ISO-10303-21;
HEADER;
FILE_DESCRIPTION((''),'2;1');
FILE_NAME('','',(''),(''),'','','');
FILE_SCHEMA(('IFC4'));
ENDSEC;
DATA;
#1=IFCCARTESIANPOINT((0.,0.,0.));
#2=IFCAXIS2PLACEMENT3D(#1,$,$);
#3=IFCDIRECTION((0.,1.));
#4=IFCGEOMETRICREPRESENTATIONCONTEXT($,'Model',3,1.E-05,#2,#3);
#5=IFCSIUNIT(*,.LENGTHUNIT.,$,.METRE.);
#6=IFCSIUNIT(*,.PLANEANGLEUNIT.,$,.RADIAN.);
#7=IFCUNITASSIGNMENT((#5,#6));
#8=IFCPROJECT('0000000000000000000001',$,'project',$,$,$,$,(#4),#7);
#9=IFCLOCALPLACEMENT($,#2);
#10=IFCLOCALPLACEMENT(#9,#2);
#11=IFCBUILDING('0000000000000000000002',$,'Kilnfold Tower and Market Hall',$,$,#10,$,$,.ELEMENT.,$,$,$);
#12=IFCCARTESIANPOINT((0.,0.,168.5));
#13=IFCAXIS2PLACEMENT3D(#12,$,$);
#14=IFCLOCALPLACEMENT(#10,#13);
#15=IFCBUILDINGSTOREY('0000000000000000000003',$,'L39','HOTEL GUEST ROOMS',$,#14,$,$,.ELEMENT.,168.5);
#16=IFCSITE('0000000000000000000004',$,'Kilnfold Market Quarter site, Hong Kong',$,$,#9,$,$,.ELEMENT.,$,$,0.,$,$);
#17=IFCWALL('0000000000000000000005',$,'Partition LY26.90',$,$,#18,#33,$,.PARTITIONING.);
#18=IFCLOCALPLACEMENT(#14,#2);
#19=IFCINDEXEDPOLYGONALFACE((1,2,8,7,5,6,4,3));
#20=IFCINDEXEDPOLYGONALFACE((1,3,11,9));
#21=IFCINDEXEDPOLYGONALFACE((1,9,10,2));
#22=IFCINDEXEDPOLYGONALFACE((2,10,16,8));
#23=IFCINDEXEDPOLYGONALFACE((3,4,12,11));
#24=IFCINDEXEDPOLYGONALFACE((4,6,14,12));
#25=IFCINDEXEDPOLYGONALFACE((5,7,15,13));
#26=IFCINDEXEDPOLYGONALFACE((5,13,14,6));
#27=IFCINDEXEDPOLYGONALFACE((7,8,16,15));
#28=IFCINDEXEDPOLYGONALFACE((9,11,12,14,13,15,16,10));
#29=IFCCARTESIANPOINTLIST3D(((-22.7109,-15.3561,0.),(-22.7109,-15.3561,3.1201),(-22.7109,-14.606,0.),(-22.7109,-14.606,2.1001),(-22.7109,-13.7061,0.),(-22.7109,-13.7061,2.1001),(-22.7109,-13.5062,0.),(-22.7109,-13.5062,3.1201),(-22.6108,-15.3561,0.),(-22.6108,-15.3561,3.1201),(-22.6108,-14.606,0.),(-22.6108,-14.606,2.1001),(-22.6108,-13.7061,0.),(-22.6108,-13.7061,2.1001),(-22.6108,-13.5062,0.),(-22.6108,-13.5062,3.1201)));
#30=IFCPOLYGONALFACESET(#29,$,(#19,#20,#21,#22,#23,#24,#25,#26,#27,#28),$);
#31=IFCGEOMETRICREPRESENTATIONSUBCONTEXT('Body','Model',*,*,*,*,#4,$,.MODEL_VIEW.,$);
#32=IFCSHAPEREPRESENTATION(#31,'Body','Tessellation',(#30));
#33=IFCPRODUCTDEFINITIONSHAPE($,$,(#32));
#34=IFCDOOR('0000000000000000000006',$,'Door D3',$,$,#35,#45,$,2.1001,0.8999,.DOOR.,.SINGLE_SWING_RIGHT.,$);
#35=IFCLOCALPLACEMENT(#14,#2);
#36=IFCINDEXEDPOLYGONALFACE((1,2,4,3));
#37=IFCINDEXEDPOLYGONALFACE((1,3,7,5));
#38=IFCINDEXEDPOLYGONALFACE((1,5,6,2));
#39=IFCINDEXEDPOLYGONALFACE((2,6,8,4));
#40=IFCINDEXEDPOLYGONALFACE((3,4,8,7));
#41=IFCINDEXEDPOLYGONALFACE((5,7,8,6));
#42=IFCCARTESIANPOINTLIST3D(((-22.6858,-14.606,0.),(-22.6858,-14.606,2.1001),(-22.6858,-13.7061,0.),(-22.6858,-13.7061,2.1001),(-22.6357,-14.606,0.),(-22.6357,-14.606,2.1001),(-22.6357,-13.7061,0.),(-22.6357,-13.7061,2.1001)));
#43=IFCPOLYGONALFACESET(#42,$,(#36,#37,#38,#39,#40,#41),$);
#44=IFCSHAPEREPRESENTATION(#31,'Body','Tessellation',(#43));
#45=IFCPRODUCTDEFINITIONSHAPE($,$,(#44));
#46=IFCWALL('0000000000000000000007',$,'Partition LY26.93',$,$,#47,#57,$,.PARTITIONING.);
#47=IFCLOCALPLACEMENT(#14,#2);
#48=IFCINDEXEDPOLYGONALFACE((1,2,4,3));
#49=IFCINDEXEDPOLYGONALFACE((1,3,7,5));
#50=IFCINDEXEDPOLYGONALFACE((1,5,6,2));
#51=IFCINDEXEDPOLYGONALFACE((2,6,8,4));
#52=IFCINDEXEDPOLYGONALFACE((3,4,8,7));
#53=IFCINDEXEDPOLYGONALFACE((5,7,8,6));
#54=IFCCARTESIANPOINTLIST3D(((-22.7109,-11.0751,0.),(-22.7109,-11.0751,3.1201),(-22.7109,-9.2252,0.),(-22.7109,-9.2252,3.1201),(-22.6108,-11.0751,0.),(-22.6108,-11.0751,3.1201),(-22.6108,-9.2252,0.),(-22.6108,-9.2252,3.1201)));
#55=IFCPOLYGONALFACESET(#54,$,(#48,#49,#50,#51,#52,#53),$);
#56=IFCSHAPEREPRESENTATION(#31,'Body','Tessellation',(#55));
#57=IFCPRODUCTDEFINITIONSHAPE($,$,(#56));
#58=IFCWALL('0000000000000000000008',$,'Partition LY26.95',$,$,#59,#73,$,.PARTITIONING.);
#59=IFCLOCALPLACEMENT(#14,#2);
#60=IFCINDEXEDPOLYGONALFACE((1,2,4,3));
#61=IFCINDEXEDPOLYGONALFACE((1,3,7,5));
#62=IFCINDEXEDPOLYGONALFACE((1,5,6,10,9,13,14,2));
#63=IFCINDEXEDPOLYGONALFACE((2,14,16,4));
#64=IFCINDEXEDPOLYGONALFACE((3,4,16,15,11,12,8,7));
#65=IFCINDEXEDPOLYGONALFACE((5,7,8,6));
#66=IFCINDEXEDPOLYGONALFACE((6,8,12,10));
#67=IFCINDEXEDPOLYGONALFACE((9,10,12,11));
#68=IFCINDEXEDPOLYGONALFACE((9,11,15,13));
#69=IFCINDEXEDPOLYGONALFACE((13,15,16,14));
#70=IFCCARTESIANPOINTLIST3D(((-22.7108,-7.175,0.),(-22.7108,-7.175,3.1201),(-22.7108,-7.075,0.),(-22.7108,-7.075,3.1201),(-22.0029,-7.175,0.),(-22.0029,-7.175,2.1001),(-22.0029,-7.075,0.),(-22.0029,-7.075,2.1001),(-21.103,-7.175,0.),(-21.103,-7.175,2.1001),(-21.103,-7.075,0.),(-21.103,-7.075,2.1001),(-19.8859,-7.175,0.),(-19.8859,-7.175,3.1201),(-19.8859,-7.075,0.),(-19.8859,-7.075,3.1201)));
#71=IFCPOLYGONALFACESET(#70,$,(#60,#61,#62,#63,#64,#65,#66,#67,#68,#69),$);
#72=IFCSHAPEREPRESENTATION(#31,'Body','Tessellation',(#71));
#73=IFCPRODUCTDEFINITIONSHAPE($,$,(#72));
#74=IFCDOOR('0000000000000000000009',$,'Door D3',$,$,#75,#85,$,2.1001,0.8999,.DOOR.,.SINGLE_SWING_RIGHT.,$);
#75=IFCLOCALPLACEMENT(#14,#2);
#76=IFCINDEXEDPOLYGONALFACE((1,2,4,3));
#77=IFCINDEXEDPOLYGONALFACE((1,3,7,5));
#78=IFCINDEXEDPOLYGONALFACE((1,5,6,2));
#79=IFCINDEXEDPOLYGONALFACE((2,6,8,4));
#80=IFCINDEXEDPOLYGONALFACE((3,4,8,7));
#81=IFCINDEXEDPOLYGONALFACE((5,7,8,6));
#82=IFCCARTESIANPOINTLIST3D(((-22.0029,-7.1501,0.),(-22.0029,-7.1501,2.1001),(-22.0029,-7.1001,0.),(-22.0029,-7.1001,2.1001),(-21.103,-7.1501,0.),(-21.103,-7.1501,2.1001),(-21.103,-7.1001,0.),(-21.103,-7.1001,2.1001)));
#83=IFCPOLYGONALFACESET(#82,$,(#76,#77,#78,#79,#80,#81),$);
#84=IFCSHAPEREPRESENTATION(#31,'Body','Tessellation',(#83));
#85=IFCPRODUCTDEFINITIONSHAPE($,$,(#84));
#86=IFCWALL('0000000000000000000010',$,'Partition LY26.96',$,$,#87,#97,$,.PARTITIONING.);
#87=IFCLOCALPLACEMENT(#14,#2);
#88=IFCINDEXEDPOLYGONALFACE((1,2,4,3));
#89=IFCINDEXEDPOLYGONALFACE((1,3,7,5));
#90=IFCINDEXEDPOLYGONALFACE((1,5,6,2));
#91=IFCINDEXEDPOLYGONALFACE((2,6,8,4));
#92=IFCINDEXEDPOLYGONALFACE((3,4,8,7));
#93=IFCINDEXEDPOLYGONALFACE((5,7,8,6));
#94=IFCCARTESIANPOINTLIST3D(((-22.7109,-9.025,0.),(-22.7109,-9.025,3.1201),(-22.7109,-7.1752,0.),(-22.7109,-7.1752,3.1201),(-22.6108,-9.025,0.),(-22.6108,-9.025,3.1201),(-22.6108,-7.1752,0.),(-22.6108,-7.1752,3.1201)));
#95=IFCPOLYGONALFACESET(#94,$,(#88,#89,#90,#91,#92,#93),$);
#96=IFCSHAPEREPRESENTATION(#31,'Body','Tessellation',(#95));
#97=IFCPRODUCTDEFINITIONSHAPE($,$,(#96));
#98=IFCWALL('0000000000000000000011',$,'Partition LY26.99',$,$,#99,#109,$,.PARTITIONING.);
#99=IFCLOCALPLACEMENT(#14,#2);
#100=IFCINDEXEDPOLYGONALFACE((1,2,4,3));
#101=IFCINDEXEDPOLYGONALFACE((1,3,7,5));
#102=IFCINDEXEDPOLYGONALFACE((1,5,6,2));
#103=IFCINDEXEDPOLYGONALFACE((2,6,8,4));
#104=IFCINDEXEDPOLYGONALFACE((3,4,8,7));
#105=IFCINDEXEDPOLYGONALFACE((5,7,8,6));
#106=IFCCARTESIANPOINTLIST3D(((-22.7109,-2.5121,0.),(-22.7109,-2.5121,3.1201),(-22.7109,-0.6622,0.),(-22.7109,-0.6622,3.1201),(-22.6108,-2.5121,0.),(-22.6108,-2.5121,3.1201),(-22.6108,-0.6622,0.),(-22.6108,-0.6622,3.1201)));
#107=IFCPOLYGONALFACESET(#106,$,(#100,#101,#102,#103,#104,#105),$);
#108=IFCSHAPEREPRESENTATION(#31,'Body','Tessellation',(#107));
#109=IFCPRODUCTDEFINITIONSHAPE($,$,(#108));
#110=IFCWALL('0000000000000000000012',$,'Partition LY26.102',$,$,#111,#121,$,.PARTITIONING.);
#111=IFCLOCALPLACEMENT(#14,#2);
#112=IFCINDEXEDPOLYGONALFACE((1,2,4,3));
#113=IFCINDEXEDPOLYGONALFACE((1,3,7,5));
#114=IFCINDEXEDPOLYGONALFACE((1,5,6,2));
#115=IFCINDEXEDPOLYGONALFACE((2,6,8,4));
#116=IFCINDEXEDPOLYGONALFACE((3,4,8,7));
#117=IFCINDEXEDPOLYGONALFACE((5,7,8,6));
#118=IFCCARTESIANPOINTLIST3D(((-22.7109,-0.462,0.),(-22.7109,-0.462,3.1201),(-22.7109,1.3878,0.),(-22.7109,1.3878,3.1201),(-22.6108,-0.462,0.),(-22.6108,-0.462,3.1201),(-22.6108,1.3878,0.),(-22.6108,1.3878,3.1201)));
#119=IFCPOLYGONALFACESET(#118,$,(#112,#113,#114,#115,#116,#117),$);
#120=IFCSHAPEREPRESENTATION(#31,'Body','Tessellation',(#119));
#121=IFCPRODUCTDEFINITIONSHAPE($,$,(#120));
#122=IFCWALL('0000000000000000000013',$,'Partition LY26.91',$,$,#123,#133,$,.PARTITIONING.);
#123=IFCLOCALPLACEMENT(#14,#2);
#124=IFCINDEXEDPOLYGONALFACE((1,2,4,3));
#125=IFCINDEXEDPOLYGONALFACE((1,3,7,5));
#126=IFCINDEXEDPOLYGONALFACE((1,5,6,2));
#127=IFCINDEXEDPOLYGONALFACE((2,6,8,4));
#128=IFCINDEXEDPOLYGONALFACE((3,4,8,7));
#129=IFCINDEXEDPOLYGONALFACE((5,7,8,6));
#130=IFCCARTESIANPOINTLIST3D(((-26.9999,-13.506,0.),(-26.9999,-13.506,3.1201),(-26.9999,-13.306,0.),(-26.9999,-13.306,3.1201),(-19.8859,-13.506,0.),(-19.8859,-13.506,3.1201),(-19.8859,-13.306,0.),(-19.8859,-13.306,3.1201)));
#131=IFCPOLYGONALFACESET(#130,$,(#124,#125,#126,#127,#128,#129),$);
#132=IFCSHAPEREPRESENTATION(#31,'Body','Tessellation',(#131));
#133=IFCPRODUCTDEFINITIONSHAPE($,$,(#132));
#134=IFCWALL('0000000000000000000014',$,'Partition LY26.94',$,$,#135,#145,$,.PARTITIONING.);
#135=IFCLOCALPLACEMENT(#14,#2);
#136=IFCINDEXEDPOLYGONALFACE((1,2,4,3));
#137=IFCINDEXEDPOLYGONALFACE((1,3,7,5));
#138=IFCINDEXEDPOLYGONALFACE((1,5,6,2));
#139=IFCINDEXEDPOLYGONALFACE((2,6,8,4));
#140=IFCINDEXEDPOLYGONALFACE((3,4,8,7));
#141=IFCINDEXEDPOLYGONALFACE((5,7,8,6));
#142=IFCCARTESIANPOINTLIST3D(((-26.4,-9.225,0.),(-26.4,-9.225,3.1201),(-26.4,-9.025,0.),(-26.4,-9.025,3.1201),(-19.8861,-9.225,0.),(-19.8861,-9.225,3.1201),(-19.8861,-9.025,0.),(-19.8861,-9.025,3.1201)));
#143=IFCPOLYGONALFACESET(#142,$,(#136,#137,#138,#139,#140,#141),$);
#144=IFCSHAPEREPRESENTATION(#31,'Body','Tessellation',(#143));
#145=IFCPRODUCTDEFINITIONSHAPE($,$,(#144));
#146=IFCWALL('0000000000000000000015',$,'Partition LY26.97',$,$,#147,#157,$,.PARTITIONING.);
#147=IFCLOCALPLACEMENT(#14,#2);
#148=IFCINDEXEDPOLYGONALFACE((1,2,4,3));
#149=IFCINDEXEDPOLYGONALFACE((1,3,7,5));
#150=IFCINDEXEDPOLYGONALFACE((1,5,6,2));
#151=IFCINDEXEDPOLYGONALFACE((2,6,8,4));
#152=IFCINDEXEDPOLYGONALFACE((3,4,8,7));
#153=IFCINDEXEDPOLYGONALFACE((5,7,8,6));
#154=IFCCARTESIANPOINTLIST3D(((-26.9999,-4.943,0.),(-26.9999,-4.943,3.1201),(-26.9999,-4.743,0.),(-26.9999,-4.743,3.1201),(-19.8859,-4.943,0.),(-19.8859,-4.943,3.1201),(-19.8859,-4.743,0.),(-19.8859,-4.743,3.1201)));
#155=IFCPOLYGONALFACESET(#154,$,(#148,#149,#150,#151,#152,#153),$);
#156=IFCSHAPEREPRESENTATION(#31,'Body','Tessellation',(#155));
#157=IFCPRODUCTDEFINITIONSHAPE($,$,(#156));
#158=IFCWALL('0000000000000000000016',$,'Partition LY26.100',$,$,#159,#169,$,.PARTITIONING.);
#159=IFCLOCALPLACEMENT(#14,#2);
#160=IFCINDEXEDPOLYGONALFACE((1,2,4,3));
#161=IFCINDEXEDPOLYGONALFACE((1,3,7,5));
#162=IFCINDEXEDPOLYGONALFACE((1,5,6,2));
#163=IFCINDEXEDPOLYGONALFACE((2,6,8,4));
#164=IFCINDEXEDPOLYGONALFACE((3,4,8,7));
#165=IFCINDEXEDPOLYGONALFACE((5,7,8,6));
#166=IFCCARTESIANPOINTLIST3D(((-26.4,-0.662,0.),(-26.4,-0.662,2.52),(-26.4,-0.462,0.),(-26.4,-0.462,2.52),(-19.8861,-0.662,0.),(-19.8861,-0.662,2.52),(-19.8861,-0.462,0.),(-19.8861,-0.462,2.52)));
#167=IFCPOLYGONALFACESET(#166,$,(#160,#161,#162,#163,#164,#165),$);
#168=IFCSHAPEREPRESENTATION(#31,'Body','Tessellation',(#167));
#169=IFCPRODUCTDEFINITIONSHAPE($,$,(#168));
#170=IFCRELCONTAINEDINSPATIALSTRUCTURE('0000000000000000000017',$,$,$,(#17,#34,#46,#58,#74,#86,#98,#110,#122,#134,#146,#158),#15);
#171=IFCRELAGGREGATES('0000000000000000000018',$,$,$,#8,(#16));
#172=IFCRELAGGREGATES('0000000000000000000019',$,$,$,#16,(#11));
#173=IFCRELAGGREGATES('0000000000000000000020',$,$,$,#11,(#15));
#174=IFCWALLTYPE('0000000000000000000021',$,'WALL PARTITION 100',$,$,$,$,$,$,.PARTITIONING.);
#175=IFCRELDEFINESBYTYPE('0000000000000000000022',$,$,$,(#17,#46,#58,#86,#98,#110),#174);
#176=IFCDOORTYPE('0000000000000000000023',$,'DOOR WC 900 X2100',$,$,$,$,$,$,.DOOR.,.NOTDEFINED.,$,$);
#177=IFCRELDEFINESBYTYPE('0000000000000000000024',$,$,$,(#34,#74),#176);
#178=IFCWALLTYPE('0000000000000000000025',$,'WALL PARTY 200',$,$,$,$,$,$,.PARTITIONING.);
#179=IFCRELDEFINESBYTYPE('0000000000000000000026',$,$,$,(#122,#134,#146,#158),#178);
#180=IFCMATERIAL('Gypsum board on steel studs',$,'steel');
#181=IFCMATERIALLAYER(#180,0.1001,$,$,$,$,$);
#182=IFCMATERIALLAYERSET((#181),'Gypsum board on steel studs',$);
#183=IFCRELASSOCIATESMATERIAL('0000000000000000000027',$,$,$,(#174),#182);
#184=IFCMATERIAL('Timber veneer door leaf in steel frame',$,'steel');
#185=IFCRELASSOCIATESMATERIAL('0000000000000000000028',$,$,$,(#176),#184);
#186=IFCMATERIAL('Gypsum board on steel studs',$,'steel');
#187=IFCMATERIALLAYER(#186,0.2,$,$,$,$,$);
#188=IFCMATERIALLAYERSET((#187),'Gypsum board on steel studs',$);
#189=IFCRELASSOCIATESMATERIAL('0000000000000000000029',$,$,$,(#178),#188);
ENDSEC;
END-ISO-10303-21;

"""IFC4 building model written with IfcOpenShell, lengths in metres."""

from ifc_helpers import new_model, si_unit, direction, frame, frame_2d, origin, place, context, subcontext, project, spatial, rectangle, extrude, material, layer, layer_set, type_object, element, fill, save


model = new_model("IFC4")

# Units and contexts
model_context = context("Model", 3, precision=1e-05, world=origin(), true_north=direction((0.0, 1.0)))
body_context = subcontext(model_context, "Body", "Model", "MODEL_VIEW")
ifc_project = project(units=[si_unit("LENGTHUNIT", "METRE"), si_unit("PLANEANGLEUNIT", "RADIAN")], contexts=[model_context])

# Site, building, storey
site_placement = place(None, origin())
site = spatial("IfcSite", under=ifc_project, at=site_placement, Name="Kilnfold Market Quarter site, Hong Kong", CompositionType="ELEMENT", RefElevation=0.0)
building_placement = place(site_placement, origin())
building = spatial("IfcBuilding", under=site, at=building_placement, Name="Kilnfold Tower and Market Hall", CompositionType="ELEMENT")
storey_placement = place(building_placement, frame((0.0, 0.0, 168.5)))
storey = spatial("IfcBuildingStorey", under=building, at=storey_placement, Name="L39", Description="HOTEL GUEST ROOMS", CompositionType="ELEMENT", Elevation=168.5)

# Wall, opening, door
ifc_material_1 = material(Name="Gypsum board on steel studs", Category="steel")
ifc_layer_1 = layer(ifc_material_1, 0.1001)
ifc_layer_set_1 = layer_set([ifc_layer_1], Name="Gypsum board on steel studs")
wall_type_1 = type_object("IfcWallType", Name="WALL PARTITION 100", PredefinedType="PARTITIONING", material=ifc_layer_set_1)
wall_1_placement = place(storey_placement, frame((-22.6609, -15.356, 0.0), z_axis=(0.0, 0.0, 1.0), x_axis=(0.0, 1.0, 0.0)))
wall_1 = element("IfcWall", 1, at=wall_1_placement, inside=storey, type_object=wall_type_1, Name="Partition LY26.90", PredefinedType="PARTITIONING", context=body_context, shape_type="SweptSolid", body=[
    extrude(rectangle(XDim=1.8499, YDim=0.1001, at=frame_2d((0.9248, 0.0))), origin(), (0.0, 0.0, 1.0), 3.1201),
])
opening_1_placement = place(wall_1_placement, frame((0.75, 0.0, 0.0)))
opening_1 = element("IfcOpeningElement", 2, at=opening_1_placement, cuts=wall_1, PredefinedType="OPENING", context=body_context, shape_type="SweptSolid", body=[
    extrude(rectangle(XDim=0.8999, YDim=2.1001, at=frame_2d((0.45, 1.05))), frame((0.0, 0.0601, 0.0), z_axis=(0.0, -1.0, 0.0), x_axis=(1.0, 0.0, 0.0)), (0.0, 0.0, 1.0), 0.1201),
])
ifc_material_2 = material(Name="Timber veneer door leaf in steel frame", Category="steel")
door_type_1 = type_object("IfcDoorType", Name="DOOR WC 900 X2100", OperationType="NOTDEFINED", PredefinedType="DOOR", material=ifc_material_2)
door_1_placement = place(opening_1_placement, origin())
door_1 = element("IfcDoor", 3, at=door_1_placement, inside=storey, type_object=door_type_1, Name="Door D3", OperationType="SINGLE_SWING_RIGHT", OverallHeight=2.1001, OverallWidth=0.8999, PredefinedType="DOOR", context=body_context, shape_type="SweptSolid", body=[
    extrude(rectangle(XDim=0.8999, YDim=2.1001, at=frame_2d((0.45, 1.05))), frame((0.0, 0.0249, 0.0), z_axis=(0.0, -1.0, 0.0), x_axis=(1.0, 0.0, 0.0)), (0.0, 0.0, 1.0), 0.05),
])
fill(opening_1, door_1)

# Wall
wall_2_placement = place(storey_placement, frame((-22.6609, -11.075, 0.0), z_axis=(0.0, 0.0, 1.0), x_axis=(0.0, 1.0, 0.0)))
element("IfcWall", 4, at=wall_2_placement, inside=storey, type_object=wall_type_1, Name="Partition LY26.93", PredefinedType="PARTITIONING", context=body_context, shape_type="SweptSolid", body=[
    extrude(rectangle(XDim=1.8499, YDim=0.1001, at=frame_2d((0.9248, 0.0))), origin(), (0.0, 0.0, 1.0), 3.1201),
])

# Wall, opening, door
wall_3_placement = place(storey_placement, frame((-22.7109, -7.125, 0.0), z_axis=(0.0, 0.0, 1.0), x_axis=(1.0, 0.0, 0.0)))
wall_3 = element("IfcWall", 5, at=wall_3_placement, inside=storey, type_object=wall_type_1, Name="Partition LY26.95", PredefinedType="PARTITIONING", context=body_context, shape_type="SweptSolid", body=[
    extrude(rectangle(XDim=2.825, YDim=0.1001, at=frame_2d((1.4126, 0.0))), origin(), (0.0, 0.0, 1.0), 3.1201),
])
opening_2_placement = place(wall_3_placement, frame((0.708, 0.0, 0.0)))
opening_2 = element("IfcOpeningElement", 6, at=opening_2_placement, cuts=wall_3, PredefinedType="OPENING", context=body_context, shape_type="SweptSolid", body=[
    extrude(rectangle(XDim=0.8999, YDim=2.1001, at=frame_2d((0.45, 1.05))), frame((0.0, 0.0601, 0.0), z_axis=(0.0, -1.0, 0.0), x_axis=(1.0, 0.0, 0.0)), (0.0, 0.0, 1.0), 0.1201),
])
door_2_placement = place(opening_2_placement, origin())
door_2 = element("IfcDoor", 7, at=door_2_placement, inside=storey, type_object=door_type_1, Name="Door D3", OperationType="SINGLE_SWING_RIGHT", OverallHeight=2.1001, OverallWidth=0.8999, PredefinedType="DOOR", context=body_context, shape_type="SweptSolid", body=[
    extrude(rectangle(XDim=0.8999, YDim=2.1001, at=frame_2d((0.45, 1.05))), frame((0.0, 0.0249, 0.0), z_axis=(0.0, -1.0, 0.0), x_axis=(1.0, 0.0, 0.0)), (0.0, 0.0, 1.0), 0.05),
])
fill(opening_2, door_2)

# Walls
for number, where, z_axis, x_axis, name in (
    (8, (-22.6609, -9.0249, 0.0), (0.0, 0.0, 1.0), (0.0, 1.0, 0.0), "Partition LY26.96"),
    (9, (-22.6609, -2.512, 0.0), (0.0, 0.0, 1.0), (0.0, 1.0, 0.0), "Partition LY26.99"),
    (10, (-22.6609, -0.4619, 0.0), (0.0, 0.0, 1.0), (0.0, 1.0, 0.0), "Partition LY26.102"),
):
    element("IfcWall", number, at=place(storey_placement, frame(where, z_axis=z_axis, x_axis=x_axis)), inside=storey, type_object=wall_type_1, Name=name, PredefinedType="PARTITIONING", context=body_context, shape_type="SweptSolid", body=[
        extrude(rectangle(XDim=1.8499, YDim=0.1001, at=frame_2d((0.9248, 0.0))), origin(), (0.0, 0.0, 1.0), 3.1201),
    ])
ifc_material_3 = material(Name="Gypsum board on steel studs", Category="steel")
ifc_layer_2 = layer(ifc_material_3, 0.2)
ifc_layer_set_2 = layer_set([ifc_layer_2], Name="Gypsum board on steel studs")
wall_type_2 = type_object("IfcWallType", Name="WALL PARTY 200", PredefinedType="PARTITIONING", material=ifc_layer_set_2)
wall_4_placement = place(storey_placement, frame((-27.0, -13.406, 0.0), z_axis=(0.0, 0.0, 1.0), x_axis=(1.0, 0.0, 0.0)))
element("IfcWall", 11, at=wall_4_placement, inside=storey, type_object=wall_type_2, Name="Partition LY26.91", PredefinedType="PARTITIONING", context=body_context, shape_type="SweptSolid", body=[
    extrude(rectangle(XDim=7.114, YDim=0.2, at=frame_2d((3.5571, 0.0))), origin(), (0.0, 0.0, 1.0), 3.1201),
])
wall_5_placement = place(storey_placement, frame((-26.3999, -9.125, 0.0), z_axis=(0.0, 0.0, 1.0), x_axis=(1.0, 0.0, 0.0)))
element("IfcWall", 12, at=wall_5_placement, inside=storey, type_object=wall_type_2, Name="Partition LY26.94", PredefinedType="PARTITIONING", context=body_context, shape_type="SweptSolid", body=[
    extrude(rectangle(XDim=6.5139, YDim=0.2, at=frame_2d((3.2568, 0.0))), origin(), (0.0, 0.0, 1.0), 3.1201),
])
wall_6_placement = place(storey_placement, frame((-27.0, -4.843, 0.0), z_axis=(0.0, 0.0, 1.0), x_axis=(1.0, 0.0, 0.0)))
element("IfcWall", 13, at=wall_6_placement, inside=storey, type_object=wall_type_2, Name="Partition LY26.97", PredefinedType="PARTITIONING", context=body_context, shape_type="SweptSolid", body=[
    extrude(rectangle(XDim=7.114, YDim=0.2, at=frame_2d((3.5571, 0.0))), origin(), (0.0, 0.0, 1.0), 3.1201),
])
wall_7_placement = place(storey_placement, frame((-26.3999, -0.562, 0.0), z_axis=(0.0, 0.0, 1.0), x_axis=(1.0, 0.0, 0.0)))
element("IfcWall", 14, at=wall_7_placement, inside=storey, type_object=wall_type_2, Name="Partition LY26.100", PredefinedType="PARTITIONING", context=body_context, shape_type="SweptSolid", body=[
    extrude(rectangle(XDim=6.5139, YDim=0.2, at=frame_2d((3.2568, 0.0))), origin(), (0.0, 0.0, 1.0), 2.52),
])

save(model, "model.ifc")
